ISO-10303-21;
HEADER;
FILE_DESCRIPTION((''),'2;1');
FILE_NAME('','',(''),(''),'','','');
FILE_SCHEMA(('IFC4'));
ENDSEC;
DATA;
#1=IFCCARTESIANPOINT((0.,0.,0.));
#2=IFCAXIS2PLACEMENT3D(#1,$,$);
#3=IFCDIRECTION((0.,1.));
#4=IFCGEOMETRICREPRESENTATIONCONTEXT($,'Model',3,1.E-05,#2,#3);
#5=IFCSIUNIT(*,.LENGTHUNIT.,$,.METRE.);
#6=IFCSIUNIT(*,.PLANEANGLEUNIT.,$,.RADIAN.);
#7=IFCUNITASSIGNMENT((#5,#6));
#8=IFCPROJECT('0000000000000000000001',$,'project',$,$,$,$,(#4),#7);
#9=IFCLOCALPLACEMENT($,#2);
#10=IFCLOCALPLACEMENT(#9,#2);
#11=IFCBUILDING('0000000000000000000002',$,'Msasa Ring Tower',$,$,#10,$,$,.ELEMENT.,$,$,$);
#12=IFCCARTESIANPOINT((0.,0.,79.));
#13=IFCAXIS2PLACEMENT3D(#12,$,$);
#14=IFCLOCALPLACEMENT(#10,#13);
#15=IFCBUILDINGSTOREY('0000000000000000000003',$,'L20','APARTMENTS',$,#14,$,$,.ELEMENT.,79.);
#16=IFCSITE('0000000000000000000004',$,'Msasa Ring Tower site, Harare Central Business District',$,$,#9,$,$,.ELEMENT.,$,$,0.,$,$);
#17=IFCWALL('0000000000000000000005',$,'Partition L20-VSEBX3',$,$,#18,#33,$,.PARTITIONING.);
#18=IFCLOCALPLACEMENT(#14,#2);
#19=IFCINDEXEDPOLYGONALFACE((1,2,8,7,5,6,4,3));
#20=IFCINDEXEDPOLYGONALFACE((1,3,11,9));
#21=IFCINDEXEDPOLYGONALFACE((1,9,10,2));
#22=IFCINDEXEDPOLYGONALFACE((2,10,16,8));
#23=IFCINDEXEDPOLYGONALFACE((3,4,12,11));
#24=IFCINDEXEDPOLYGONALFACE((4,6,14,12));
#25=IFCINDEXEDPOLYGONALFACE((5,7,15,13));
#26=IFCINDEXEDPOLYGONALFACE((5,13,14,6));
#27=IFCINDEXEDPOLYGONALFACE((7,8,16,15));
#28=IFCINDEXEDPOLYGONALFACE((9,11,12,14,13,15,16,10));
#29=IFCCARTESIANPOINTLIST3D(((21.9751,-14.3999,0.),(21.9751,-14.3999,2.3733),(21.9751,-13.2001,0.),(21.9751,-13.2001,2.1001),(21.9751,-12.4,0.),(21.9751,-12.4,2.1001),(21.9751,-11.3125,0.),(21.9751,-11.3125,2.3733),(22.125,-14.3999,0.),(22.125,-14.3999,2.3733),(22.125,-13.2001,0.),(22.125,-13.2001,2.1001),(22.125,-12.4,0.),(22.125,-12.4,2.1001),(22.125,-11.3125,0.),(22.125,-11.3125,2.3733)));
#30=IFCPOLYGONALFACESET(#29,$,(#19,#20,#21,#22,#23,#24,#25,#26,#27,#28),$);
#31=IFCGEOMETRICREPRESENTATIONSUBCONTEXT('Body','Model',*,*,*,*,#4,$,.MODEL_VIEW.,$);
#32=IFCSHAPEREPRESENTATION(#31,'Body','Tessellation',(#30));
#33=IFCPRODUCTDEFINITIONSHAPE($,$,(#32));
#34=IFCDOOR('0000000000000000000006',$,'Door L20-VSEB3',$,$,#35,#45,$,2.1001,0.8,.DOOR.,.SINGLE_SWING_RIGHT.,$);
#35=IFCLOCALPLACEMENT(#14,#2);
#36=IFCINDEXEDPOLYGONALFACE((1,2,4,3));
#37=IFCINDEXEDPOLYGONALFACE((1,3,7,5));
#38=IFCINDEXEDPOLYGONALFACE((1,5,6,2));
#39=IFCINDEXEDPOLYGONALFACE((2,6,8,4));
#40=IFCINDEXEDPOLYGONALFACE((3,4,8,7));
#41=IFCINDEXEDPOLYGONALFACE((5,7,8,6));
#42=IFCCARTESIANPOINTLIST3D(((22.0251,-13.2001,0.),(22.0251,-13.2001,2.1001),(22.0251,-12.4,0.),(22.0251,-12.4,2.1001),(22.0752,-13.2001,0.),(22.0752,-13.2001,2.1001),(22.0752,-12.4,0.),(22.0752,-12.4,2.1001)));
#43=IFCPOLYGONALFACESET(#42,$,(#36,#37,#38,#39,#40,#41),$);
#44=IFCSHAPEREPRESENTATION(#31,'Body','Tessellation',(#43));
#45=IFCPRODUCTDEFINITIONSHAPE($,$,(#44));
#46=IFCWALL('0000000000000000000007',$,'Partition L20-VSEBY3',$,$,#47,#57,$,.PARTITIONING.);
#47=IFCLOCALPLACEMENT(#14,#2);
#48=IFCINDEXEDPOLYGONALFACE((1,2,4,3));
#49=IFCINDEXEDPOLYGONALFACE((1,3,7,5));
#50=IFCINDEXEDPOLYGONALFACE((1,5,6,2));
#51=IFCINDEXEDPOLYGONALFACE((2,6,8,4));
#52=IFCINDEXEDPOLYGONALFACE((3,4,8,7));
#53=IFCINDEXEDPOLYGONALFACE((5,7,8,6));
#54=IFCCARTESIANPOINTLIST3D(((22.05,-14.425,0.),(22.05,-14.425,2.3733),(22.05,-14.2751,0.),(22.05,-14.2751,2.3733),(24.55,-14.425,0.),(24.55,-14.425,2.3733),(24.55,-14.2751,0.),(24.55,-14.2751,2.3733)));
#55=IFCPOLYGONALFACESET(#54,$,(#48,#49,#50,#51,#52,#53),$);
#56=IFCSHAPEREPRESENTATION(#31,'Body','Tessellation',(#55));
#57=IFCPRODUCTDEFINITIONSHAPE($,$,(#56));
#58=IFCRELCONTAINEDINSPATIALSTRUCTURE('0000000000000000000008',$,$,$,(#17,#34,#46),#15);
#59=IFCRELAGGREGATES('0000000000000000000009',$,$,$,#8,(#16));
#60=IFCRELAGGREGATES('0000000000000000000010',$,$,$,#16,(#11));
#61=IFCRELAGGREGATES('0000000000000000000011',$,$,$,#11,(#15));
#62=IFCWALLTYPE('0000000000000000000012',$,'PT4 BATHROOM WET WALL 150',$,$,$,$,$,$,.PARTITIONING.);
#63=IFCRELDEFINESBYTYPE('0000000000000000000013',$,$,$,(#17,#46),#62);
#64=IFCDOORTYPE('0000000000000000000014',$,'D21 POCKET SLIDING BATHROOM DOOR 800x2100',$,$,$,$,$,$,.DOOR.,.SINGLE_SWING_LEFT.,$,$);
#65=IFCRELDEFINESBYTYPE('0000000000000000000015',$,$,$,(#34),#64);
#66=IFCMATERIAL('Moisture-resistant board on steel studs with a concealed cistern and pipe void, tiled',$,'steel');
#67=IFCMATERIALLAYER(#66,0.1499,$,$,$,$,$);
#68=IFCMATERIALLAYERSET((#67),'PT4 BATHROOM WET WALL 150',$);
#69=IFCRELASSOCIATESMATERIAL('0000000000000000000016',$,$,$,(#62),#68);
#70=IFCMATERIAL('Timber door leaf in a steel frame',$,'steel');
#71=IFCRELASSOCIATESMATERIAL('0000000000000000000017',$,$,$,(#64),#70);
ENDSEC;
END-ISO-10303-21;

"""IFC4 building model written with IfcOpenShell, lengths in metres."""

from ifc_helpers import new_model, si_unit, direction, frame, frame_2d, origin, place, context, subcontext, project, spatial, rectangle, extrude, material, layer, layer_set, type_object, element, fill, save


model = new_model("IFC4")

# Units and contexts
model_context = context("Model", 3, precision=1e-05, world=origin(), true_north=direction((0.0, 1.0)))
body_context = subcontext(model_context, "Body", "Model", "MODEL_VIEW")
ifc_project = project(units=[si_unit("LENGTHUNIT", "METRE"), si_unit("PLANEANGLEUNIT", "RADIAN")], contexts=[model_context])

# Site, building, storey
site_placement = place(None, origin())
site = spatial("IfcSite", under=ifc_project, at=site_placement, Name="Msasa Ring Tower site, Harare Central Business District", CompositionType="ELEMENT", RefElevation=0.0)
building_placement = place(site_placement, origin())
building = spatial("IfcBuilding", under=site, at=building_placement, Name="Msasa Ring Tower", CompositionType="ELEMENT")
storey_placement = place(building_placement, frame((0.0, 0.0, 79.0)))
storey = spatial("IfcBuildingStorey", under=building, at=storey_placement, Name="L20", Description="APARTMENTS", CompositionType="ELEMENT", Elevation=79.0)

# Shared definitions
ifc_material_1 = material(Name="Moisture-resistant board on steel studs with a concealed cistern and pipe void, tiled", Category="steel")
ifc_layer_1 = layer(ifc_material_1, 0.1499)
ifc_layer_set_1 = layer_set([ifc_layer_1], Name="PT4 BATHROOM WET WALL 150")
wall_type_1 = type_object("IfcWallType", Name="PT4 BATHROOM WET WALL 150", PredefinedType="PARTITIONING", material=ifc_layer_set_1)
ifc_material_2 = material(Name="Timber door leaf in a steel frame", Category="steel")
door_type_1 = type_object("IfcDoorType", Name="D21 POCKET SLIDING BATHROOM DOOR 800x2100", OperationType="SINGLE_SWING_LEFT", PredefinedType="DOOR", material=ifc_material_2)

# Wall, opening, door
wall_1_placement = place(storey_placement, frame((22.05, -14.3999, 0.0), z_axis=(0.0, 0.0, 1.0), x_axis=(0.0, 1.0, 0.0)))
wall_1 = element("IfcWall", 1, at=wall_1_placement, inside=storey, type_object=wall_type_1, Name="Partition L20-VSEBX3", PredefinedType="PARTITIONING", context=body_context, shape_type="SweptSolid", body=[
    extrude(rectangle(XDim=3.0874, YDim=0.1499, at=frame_2d((1.5437, 0.0))), origin(), (0.0, 0.0, 1.0), 2.3733),
])
opening_1_placement = place(wall_1_placement, frame((1.2, 0.0, 0.0)))
opening_1 = element("IfcOpeningElement", 2, at=opening_1_placement, cuts=wall_1, PredefinedType="OPENING", context=body_context, shape_type="SweptSolid", body=[
    extrude(rectangle(XDim=0.8, YDim=2.1001, at=frame_2d((0.3999, 1.05))), frame((0.0, 0.085, 0.0), z_axis=(0.0, -1.0, 0.0), x_axis=(1.0, 0.0, 0.0)), (0.0, 0.0, 1.0), 0.1699),
])
door_1_placement = place(opening_1_placement, origin())
door_1 = element("IfcDoor", 3, at=door_1_placement, inside=storey, type_object=door_type_1, Name="Door L20-VSEB3", OperationType="SINGLE_SWING_RIGHT", OverallHeight=2.1001, OverallWidth=0.8, PredefinedType="DOOR", context=body_context, shape_type="SweptSolid", body=[
    extrude(rectangle(XDim=0.8, YDim=2.1001, at=frame_2d((0.3999, 1.05))), frame((0.0, 0.0249, 0.0), z_axis=(0.0, -1.0, 0.0), x_axis=(1.0, 0.0, 0.0)), (0.0, 0.0, 1.0), 0.05),
])
fill(opening_1, door_1)

# Wall
wall_2_placement = place(storey_placement, frame((22.05, -14.3501, 0.0), z_axis=(0.0, 0.0, 1.0), x_axis=(1.0, 0.0, 0.0)))
element("IfcWall", 4, at=wall_2_placement, inside=storey, type_object=wall_type_1, Name="Partition L20-VSEBY3", PredefinedType="PARTITIONING", context=body_context, shape_type="SweptSolid", body=[
    extrude(rectangle(XDim=2.5, YDim=0.1499, at=frame_2d((1.25, 0.0))), origin(), (0.0, 0.0, 1.0), 2.3733),
])

save(model, "model.ifc")
